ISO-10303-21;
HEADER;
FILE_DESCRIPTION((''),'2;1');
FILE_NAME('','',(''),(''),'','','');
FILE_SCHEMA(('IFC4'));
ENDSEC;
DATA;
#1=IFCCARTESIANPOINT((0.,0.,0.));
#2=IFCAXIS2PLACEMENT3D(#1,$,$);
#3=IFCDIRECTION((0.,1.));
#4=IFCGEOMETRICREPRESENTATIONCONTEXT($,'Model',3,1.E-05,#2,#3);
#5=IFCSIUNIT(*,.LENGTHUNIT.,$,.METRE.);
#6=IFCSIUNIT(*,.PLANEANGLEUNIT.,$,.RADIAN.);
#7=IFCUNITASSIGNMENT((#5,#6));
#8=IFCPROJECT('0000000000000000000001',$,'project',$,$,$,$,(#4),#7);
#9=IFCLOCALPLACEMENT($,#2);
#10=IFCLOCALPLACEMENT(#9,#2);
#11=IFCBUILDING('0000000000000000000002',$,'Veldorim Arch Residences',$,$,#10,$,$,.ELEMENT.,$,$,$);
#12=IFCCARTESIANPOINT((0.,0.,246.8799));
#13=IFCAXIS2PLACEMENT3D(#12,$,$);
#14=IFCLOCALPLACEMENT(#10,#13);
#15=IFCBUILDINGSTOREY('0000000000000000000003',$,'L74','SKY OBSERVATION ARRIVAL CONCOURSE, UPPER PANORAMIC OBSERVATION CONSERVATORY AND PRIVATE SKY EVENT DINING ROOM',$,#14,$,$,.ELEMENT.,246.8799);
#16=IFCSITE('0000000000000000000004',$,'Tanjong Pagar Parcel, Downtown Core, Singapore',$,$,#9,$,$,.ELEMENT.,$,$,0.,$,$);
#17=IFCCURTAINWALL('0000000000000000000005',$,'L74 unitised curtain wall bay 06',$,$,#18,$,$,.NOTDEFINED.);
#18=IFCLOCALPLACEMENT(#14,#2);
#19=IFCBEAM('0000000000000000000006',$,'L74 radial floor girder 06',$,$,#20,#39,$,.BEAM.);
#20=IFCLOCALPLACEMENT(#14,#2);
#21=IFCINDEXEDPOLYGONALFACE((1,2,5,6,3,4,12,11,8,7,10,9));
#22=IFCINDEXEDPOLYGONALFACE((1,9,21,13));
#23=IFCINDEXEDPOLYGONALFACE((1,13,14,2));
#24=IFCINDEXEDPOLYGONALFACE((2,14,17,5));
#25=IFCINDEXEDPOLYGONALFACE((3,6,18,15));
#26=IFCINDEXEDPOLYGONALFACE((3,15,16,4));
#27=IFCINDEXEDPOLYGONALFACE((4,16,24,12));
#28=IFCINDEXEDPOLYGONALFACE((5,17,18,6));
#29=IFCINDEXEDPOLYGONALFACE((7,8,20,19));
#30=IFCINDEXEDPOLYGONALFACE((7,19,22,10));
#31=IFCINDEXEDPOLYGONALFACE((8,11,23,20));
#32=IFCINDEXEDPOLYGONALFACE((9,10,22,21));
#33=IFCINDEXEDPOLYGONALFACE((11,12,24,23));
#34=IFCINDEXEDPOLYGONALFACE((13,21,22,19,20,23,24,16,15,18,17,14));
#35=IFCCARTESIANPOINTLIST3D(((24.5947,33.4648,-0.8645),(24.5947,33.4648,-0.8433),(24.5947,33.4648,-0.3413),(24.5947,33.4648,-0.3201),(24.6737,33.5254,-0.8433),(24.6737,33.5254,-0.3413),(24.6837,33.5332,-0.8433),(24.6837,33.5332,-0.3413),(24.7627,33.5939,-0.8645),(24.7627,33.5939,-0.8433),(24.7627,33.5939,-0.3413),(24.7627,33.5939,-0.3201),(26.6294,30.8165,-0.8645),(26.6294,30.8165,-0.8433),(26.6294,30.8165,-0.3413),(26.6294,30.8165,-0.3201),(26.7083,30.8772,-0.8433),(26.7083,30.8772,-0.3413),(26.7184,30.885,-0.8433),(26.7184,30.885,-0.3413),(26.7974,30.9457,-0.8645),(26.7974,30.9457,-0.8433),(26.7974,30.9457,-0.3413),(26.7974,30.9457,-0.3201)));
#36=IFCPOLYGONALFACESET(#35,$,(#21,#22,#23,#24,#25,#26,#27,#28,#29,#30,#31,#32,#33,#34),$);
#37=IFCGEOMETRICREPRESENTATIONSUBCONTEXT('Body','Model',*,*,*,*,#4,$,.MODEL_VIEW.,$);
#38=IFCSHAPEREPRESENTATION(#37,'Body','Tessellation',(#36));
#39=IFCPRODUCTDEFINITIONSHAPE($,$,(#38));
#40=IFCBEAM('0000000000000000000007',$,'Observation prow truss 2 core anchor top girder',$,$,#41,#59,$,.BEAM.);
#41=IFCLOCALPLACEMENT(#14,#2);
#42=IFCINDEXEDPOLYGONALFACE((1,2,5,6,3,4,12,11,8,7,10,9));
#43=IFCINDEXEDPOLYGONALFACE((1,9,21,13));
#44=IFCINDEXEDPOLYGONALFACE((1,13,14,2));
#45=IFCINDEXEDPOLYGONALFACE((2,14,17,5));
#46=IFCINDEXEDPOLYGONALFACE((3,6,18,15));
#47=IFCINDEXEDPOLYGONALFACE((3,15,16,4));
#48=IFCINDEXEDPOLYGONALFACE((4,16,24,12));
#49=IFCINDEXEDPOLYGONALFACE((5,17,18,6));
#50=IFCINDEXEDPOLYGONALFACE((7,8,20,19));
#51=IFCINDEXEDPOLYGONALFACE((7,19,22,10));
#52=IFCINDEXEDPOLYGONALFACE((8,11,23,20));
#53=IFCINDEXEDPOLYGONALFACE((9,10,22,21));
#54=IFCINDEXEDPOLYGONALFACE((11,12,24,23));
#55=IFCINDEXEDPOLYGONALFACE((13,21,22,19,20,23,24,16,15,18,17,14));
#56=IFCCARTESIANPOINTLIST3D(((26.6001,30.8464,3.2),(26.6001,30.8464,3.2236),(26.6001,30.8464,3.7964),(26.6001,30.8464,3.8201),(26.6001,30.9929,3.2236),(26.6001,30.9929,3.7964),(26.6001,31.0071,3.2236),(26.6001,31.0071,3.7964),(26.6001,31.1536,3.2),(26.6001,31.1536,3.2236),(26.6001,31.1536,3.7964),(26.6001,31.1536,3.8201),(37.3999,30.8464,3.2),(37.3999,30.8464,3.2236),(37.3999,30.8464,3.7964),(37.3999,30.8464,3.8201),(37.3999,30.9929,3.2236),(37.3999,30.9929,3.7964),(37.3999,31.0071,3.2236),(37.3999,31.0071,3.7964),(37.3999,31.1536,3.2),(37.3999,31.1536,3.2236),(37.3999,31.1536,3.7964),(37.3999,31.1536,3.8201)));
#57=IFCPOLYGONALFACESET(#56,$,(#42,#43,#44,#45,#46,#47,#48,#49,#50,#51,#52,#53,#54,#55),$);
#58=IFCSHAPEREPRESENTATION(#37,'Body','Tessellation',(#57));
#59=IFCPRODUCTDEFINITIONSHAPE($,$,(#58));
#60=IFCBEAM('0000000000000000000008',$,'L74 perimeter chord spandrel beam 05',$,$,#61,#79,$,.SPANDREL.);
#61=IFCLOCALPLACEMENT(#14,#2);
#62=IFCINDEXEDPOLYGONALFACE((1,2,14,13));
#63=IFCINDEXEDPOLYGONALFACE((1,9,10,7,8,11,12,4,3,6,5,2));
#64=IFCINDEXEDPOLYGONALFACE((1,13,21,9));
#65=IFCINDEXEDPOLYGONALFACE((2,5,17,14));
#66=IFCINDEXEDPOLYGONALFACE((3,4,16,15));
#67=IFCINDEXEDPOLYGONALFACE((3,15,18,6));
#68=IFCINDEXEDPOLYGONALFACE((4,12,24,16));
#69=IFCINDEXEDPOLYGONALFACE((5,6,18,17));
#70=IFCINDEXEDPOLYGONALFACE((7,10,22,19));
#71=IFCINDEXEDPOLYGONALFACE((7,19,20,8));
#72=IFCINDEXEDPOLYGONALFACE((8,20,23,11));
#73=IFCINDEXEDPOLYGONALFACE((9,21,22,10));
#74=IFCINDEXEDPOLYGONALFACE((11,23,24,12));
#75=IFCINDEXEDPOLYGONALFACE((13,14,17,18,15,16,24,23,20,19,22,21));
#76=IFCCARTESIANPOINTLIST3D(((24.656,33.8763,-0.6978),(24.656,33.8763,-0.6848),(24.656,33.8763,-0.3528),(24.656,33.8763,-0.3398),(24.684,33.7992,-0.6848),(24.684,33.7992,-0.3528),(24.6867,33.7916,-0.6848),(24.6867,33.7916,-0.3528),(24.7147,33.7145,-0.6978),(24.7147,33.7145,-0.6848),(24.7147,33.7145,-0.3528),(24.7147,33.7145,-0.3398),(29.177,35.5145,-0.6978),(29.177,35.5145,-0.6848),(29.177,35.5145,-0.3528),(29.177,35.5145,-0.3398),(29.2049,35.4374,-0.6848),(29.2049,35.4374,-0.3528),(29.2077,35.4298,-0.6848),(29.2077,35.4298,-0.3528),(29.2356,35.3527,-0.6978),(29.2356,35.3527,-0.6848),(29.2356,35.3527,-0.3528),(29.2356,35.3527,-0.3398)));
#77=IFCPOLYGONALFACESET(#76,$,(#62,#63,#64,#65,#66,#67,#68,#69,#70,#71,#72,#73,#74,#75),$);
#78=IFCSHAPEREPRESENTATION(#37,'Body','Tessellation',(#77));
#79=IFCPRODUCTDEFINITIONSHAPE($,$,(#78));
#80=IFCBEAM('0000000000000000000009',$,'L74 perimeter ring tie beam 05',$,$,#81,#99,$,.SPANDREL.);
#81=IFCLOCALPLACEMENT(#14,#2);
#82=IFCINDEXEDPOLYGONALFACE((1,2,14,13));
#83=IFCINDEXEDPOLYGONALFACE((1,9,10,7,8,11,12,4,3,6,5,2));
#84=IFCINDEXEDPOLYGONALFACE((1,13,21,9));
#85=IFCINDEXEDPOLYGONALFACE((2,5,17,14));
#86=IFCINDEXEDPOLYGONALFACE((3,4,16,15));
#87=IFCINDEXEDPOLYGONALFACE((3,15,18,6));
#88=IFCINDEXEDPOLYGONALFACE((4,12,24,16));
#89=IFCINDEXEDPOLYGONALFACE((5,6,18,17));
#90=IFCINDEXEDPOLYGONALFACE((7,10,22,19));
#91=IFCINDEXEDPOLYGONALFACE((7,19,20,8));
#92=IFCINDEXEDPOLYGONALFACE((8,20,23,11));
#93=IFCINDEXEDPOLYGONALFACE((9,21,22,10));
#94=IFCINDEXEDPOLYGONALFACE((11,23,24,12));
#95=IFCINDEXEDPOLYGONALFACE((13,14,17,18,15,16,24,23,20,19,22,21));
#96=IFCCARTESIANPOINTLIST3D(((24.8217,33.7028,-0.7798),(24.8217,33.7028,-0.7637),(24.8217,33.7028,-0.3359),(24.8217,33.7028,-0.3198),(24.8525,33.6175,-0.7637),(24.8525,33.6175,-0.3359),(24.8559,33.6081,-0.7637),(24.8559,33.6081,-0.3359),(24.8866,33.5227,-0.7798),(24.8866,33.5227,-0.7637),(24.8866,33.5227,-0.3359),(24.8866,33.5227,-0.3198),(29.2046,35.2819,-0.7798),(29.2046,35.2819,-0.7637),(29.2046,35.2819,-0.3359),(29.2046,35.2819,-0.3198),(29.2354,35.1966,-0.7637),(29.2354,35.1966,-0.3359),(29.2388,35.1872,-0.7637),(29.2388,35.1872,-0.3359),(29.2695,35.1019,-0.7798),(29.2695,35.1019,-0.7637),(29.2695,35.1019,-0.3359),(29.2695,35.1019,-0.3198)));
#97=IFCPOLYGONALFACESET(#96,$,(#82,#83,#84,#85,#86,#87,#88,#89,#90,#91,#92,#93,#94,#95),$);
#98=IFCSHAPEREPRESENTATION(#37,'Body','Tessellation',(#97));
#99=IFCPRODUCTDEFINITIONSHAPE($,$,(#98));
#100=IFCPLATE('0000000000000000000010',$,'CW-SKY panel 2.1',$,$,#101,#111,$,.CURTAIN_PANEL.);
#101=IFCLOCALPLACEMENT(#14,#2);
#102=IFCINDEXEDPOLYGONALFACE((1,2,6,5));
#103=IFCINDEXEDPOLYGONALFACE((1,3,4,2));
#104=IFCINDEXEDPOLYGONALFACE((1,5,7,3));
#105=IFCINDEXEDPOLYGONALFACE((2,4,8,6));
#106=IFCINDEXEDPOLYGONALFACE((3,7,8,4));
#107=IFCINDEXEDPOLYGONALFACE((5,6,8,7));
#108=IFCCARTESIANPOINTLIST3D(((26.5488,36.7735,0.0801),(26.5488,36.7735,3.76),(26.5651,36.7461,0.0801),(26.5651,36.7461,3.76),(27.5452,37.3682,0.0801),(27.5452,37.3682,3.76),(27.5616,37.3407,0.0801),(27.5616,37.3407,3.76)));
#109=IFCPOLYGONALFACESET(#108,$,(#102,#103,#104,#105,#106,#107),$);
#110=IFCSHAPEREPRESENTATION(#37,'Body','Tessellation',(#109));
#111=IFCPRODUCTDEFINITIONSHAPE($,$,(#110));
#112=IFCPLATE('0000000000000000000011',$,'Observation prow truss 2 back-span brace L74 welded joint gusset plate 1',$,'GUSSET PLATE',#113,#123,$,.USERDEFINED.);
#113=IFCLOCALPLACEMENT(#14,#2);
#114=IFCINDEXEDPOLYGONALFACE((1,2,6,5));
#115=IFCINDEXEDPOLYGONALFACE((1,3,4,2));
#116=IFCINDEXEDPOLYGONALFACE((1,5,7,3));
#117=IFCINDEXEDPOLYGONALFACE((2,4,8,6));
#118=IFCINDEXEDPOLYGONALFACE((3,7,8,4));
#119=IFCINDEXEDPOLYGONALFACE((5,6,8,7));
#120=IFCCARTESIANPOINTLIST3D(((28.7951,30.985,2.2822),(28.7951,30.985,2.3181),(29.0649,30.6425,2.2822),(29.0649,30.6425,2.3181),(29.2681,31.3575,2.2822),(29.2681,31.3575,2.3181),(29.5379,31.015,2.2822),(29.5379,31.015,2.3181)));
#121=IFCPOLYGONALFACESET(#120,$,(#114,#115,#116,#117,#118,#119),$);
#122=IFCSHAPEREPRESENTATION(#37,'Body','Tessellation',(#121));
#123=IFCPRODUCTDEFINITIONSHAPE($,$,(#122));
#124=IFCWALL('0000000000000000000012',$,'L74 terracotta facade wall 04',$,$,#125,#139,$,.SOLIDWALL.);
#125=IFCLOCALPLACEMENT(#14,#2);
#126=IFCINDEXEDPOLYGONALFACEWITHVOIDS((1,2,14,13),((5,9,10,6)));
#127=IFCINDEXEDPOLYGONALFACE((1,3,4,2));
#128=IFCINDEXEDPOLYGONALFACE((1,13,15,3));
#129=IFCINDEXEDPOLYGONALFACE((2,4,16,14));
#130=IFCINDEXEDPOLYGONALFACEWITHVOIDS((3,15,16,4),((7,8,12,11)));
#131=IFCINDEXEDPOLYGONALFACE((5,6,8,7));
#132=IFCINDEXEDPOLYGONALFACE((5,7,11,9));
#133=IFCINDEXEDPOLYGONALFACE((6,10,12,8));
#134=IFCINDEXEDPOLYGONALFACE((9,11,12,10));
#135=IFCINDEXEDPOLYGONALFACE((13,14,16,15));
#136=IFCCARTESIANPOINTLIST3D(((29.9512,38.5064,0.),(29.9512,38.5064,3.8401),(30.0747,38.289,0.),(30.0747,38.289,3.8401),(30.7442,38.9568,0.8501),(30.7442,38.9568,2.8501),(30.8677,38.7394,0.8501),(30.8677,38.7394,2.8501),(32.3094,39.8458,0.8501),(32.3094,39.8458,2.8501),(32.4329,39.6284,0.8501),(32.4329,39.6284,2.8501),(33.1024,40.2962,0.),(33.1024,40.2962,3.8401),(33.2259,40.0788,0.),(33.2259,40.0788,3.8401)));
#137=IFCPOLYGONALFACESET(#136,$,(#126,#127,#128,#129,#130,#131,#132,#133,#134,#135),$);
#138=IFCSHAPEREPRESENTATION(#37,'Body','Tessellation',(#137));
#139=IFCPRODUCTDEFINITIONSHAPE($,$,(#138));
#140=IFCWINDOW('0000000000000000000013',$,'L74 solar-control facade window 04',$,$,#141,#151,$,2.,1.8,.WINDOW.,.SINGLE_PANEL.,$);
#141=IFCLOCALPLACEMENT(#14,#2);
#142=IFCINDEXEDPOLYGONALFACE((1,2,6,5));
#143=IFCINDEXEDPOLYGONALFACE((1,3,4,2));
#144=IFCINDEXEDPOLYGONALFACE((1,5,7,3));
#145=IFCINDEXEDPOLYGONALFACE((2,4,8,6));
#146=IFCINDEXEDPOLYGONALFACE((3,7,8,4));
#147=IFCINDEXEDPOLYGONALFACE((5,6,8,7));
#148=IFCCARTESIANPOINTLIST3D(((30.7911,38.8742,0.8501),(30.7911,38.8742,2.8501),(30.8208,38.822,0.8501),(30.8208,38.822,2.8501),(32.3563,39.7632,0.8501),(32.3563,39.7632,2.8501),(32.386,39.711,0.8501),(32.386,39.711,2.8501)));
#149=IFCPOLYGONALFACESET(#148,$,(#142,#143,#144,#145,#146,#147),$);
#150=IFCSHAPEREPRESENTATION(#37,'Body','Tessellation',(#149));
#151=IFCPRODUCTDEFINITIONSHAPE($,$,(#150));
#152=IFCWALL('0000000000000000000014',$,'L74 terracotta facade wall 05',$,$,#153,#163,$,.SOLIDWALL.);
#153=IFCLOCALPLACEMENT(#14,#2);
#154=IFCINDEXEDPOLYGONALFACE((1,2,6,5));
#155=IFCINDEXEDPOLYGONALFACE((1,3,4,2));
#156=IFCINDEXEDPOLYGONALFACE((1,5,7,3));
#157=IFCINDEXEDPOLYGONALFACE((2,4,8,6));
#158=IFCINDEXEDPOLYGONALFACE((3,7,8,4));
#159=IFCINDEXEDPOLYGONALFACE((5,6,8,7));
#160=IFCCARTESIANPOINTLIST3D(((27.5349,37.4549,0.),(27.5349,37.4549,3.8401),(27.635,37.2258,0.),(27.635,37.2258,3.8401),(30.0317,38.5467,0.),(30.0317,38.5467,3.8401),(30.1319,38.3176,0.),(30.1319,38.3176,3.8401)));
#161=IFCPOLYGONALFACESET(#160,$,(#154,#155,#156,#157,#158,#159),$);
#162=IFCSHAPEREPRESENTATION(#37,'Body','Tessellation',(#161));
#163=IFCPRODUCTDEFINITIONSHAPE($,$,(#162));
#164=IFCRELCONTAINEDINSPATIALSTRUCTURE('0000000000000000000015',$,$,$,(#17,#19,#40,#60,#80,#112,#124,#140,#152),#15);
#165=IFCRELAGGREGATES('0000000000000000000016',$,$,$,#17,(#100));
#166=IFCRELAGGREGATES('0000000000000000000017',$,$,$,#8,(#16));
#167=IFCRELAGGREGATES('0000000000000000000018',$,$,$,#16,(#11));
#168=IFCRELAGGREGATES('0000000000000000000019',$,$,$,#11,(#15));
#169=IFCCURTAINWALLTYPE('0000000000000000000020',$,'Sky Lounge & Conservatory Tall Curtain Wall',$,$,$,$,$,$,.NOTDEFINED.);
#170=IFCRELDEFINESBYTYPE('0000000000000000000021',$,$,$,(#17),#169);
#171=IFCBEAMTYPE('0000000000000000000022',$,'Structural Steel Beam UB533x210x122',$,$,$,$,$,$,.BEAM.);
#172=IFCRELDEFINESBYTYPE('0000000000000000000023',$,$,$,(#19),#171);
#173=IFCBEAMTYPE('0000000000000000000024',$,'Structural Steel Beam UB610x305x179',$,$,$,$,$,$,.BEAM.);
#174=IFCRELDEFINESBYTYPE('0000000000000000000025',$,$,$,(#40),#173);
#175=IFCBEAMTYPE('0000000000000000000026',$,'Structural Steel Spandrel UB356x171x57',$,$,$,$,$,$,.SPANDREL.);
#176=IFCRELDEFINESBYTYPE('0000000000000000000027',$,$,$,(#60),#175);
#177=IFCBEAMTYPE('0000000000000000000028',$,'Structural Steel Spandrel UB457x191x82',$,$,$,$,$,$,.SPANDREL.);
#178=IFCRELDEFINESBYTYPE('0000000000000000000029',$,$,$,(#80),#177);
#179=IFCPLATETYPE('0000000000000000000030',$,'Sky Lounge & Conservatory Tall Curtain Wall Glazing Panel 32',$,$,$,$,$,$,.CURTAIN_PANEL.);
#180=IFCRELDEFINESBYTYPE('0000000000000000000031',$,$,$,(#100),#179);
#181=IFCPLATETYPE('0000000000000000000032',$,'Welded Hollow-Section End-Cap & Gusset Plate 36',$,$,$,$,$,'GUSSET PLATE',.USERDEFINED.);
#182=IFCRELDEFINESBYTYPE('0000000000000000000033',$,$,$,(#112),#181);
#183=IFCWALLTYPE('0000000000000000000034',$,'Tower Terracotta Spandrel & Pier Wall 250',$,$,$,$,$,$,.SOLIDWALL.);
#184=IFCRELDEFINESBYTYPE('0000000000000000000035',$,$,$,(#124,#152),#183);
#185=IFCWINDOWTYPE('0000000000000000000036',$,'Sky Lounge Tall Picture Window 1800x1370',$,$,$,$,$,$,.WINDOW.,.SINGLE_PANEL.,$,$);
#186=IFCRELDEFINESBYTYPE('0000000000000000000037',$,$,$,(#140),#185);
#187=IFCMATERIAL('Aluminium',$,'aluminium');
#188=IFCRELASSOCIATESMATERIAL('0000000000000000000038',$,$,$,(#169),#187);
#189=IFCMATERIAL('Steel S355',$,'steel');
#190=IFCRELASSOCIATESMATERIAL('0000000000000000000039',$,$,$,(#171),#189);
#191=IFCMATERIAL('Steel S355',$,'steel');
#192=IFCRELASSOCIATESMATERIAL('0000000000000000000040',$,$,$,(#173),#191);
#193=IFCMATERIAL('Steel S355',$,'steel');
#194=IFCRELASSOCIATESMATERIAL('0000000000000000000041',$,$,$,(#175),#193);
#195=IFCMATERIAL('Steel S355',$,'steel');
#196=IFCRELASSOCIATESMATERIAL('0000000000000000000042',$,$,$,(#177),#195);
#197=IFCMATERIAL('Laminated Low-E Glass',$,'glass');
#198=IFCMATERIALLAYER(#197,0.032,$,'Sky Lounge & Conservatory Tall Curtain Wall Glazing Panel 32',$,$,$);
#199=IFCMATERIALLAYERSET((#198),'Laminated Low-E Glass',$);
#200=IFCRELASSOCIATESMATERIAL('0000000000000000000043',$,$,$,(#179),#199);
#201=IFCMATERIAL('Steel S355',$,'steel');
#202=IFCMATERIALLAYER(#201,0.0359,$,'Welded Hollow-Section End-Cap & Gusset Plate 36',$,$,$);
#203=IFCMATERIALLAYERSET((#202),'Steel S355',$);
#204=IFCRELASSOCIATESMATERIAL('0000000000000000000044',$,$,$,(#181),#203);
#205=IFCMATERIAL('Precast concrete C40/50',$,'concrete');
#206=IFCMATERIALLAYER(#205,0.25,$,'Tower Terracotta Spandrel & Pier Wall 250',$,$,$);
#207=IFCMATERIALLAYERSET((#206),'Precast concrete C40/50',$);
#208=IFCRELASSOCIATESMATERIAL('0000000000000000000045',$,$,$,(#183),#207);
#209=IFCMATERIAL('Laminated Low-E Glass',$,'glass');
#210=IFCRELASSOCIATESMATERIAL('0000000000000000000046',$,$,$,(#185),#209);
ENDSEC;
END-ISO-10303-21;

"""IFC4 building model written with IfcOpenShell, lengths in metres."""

from ifc_helpers import new_model, si_unit, direction, frame, frame_2d, origin, origin_2d, place, context, subcontext, project, spatial, rectangle, i_section, extrude, material, layer, layer_set, material_profile, profile_set, type_object, element, fill, aggregate, save


model = new_model("IFC4")

# Units and contexts
model_context = context("Model", 3, precision=1e-05, world=origin(), true_north=direction((0.0, 1.0)))
body_context = subcontext(model_context, "Body", "Model", "MODEL_VIEW")
ifc_project = project(units=[si_unit("LENGTHUNIT", "METRE"), si_unit("PLANEANGLEUNIT", "RADIAN")], contexts=[model_context])

# Site, building, storey
site_placement = place(None, origin())
site = spatial("IfcSite", under=ifc_project, at=site_placement, Name="Tanjong Pagar Parcel, Downtown Core, Singapore", CompositionType="ELEMENT", RefElevation=0.0)
building_placement = place(site_placement, origin())
building = spatial("IfcBuilding", under=site, at=building_placement, Name="Veldorim Arch Residences", CompositionType="ELEMENT")
storey_placement = place(building_placement, frame((0.0, 0.0, 246.8799)))
storey = spatial("IfcBuildingStorey", under=building, at=storey_placement, Name="L74", Description="SKY OBSERVATION ARRIVAL CONCOURSE, UPPER PANORAMIC OBSERVATION CONSERVATORY AND PRIVATE SKY EVENT DINING ROOM", CompositionType="ELEMENT", Elevation=246.8799)

# Curtain wall
ifc_material_1 = material(Name="Aluminium", Category="aluminium")
curtain_wall_type = type_object("IfcCurtainWallType", Name="Sky Lounge & Conservatory Tall Curtain Wall", PredefinedType="NOTDEFINED", material=ifc_material_1)
curtain_wall_placement = place(storey_placement, origin())
curtain_wall = element("IfcCurtainWall", 1, at=curtain_wall_placement, inside=storey, type_object=curtain_wall_type, Name="L74 unitised curtain wall bay 06", PredefinedType="NOTDEFINED")

# Beams
ifc_material_2 = material(Name="Steel S355", Category="steel")
ifc_material_profile_1 = material_profile(ifc_material_2, i_section(OverallWidth=0.2119, OverallDepth=0.5444, WebThickness=0.0127, FlangeThickness=0.0212, at=origin_2d()), Name="UB533x210x122")
ifc_profile_set_1 = profile_set([ifc_material_profile_1], Name="Steel S355")
beam_type_1 = type_object("IfcBeamType", Name="Structural Steel Beam UB533x210x122", PredefinedType="BEAM", material=ifc_profile_set_1)
beam_1_placement = place(storey_placement, frame((26.7134, 30.8811, -0.5923), z_axis=(-0.609258, 0.792972, 0.0), x_axis=(-0.792972, -0.609258, 0.0)))
element("IfcBeam", 2, at=beam_1_placement, inside=storey, type_object=beam_type_1, Name="L74 radial floor girder 06", PredefinedType="BEAM", context=body_context, shape_type="SweptSolid", body=[
    extrude(i_section(OverallWidth=0.2119, OverallDepth=0.5444, WebThickness=0.0127, FlangeThickness=0.0212, at=origin_2d()), origin(), (0.0, 0.0, 1.0), 3.3396),
])
ifc_material_3 = material(Name="Steel S355", Category="steel")
ifc_material_profile_2 = material_profile(ifc_material_3, i_section(OverallWidth=0.3071, OverallDepth=0.6201, WebThickness=0.0142, FlangeThickness=0.0237, at=origin_2d()), Name="UB610x305x179")
ifc_profile_set_2 = profile_set([ifc_material_profile_2], Name="Steel S355")
beam_type_2 = type_object("IfcBeamType", Name="Structural Steel Beam UB610x305x179", PredefinedType="BEAM", material=ifc_profile_set_2)
beam_2_placement = place(storey_placement, frame((26.6001, 31.0, 3.51), z_axis=(1.0, 0.0, 0.0), x_axis=(0.0, 1.0, 0.0)))
element("IfcBeam", 3, at=beam_2_placement, inside=storey, type_object=beam_type_2, Name="Observation prow truss 2 core anchor top girder", PredefinedType="BEAM", context=body_context, shape_type="SweptSolid", body=[
    extrude(i_section(OverallWidth=0.3071, OverallDepth=0.6201, WebThickness=0.0142, FlangeThickness=0.0237, at=origin_2d()), origin(), (0.0, 0.0, 1.0), 10.7998),
])
ifc_material_4 = material(Name="Steel S355", Category="steel")
ifc_material_profile_3 = material_profile(ifc_material_4, i_section(OverallWidth=0.1721, OverallDepth=0.3579, WebThickness=0.0081, FlangeThickness=0.0129, at=origin_2d()), Name="UB356x171x57")
ifc_profile_set_3 = profile_set([ifc_material_profile_3], Name="Steel S355")
beam_type_3 = type_object("IfcBeamType", Name="Structural Steel Spandrel UB356x171x57", PredefinedType="SPANDREL", material=ifc_profile_set_3)
beam_3_placement = place(storey_placement, frame((29.2063, 35.4336, -0.5188), z_axis=(-0.940181, -0.340675, 0.0), x_axis=(0.340675, -0.940181, 0.0)))
element("IfcBeam", 4, at=beam_3_placement, inside=storey, type_object=beam_type_3, Name="L74 perimeter chord spandrel beam 05", PredefinedType="SPANDREL", context=body_context, shape_type="SweptSolid", body=[
    extrude(i_section(OverallWidth=0.1721, OverallDepth=0.3579, WebThickness=0.0081, FlangeThickness=0.0129, at=origin_2d()), origin(), (0.0, 0.0, 1.0), 4.8086),
])
ifc_material_5 = material(Name="Steel S355", Category="steel")
ifc_material_profile_4 = material_profile(ifc_material_5, i_section(OverallWidth=0.1914, OverallDepth=0.46, WebThickness=0.01, FlangeThickness=0.0161, at=origin_2d()), Name="UB457x191x82")
ifc_profile_set_4 = profile_set([ifc_material_profile_4], Name="Steel S355")
beam_type_4 = type_object("IfcBeamType", Name="Structural Steel Spandrel UB457x191x82", PredefinedType="SPANDREL", material=ifc_profile_set_4)
beam_4_placement = place(storey_placement, frame((29.2371, 35.1919, -0.5498), z_axis=(-0.940799, -0.338964, 0.0), x_axis=(0.338964, -0.940799, 0.0)))
element("IfcBeam", 5, at=beam_4_placement, inside=storey, type_object=beam_type_4, Name="L74 perimeter ring tie beam 05", PredefinedType="SPANDREL", context=body_context, shape_type="SweptSolid", body=[
    extrude(i_section(OverallWidth=0.1914, OverallDepth=0.46, WebThickness=0.01, FlangeThickness=0.0161, at=origin_2d()), origin(), (0.0, 0.0, 1.0), 4.6587),
])

# Plates
ifc_material_6 = material(Name="Laminated Low-E Glass", Category="glass")
ifc_layer_1 = layer(ifc_material_6, 0.032, Name="Sky Lounge & Conservatory Tall Curtain Wall Glazing Panel 32")
ifc_layer_set_1 = layer_set([ifc_layer_1], Name="Laminated Low-E Glass")
plate_type_1 = type_object("IfcPlateType", Name="Sky Lounge & Conservatory Tall Curtain Wall Glazing Panel 32", PredefinedType="CURTAIN_PANEL", material=ifc_layer_set_1)
plate_1_placement = place(storey_placement, frame((27.0552, 37.0571, 0.0801), z_axis=(0.0, 0.0, 1.0), x_axis=(0.858707, 0.512467, 0.0)))
plate_1 = element("IfcPlate", 6, at=plate_1_placement, type_object=plate_type_1, Name="CW-SKY panel 2.1", PredefinedType="CURTAIN_PANEL", context=body_context, shape_type="SweptSolid", body=[
    extrude(rectangle(XDim=1.1604, YDim=0.032, at=origin_2d()), origin(), (0.0, 0.0, 1.0), 3.6799),
])
aggregate(curtain_wall, [plate_1])
ifc_material_7 = material(Name="Steel S355", Category="steel")
ifc_layer_2 = layer(ifc_material_7, 0.0359, Name="Welded Hollow-Section End-Cap & Gusset Plate 36")
ifc_layer_set_2 = layer_set([ifc_layer_2], Name="Steel S355")
plate_type_2 = type_object("IfcPlateType", Name="Welded Hollow-Section End-Cap & Gusset Plate 36", ElementType="GUSSET PLATE", PredefinedType="USERDEFINED", material=ifc_layer_set_2)
plate_2_placement = place(storey_placement, frame((29.1665, 31.0, 2.2822), z_axis=(0.0, 0.0, 1.0), x_axis=(0.78563, 0.618696, 0.0)))
element("IfcPlate", 7, at=plate_2_placement, inside=storey, type_object=plate_type_2, Name="Observation prow truss 2 back-span brace L74 welded joint gusset plate 1", ObjectType="GUSSET PLATE", PredefinedType="USERDEFINED", context=body_context, shape_type="SweptSolid", body=[
    extrude(rectangle(XDim=0.6021, YDim=0.436, at=origin_2d()), origin(), (0.0, 0.0, 1.0), 0.0359),
])

# Wall, opening, window
ifc_material_8 = material(Name="Precast concrete C40/50", Category="concrete")
ifc_layer_3 = layer(ifc_material_8, 0.25, Name="Tower Terracotta Spandrel & Pier Wall 250")
ifc_layer_set_3 = layer_set([ifc_layer_3], Name="Precast concrete C40/50")
wall_type_1 = type_object("IfcWallType", Name="Tower Terracotta Spandrel & Pier Wall 250", PredefinedType="SOLIDWALL", material=ifc_layer_set_3)
wall_1_placement = place(storey_placement, frame((30.0129, 38.3977, 0.0), z_axis=(0.0, 0.0, 1.0), x_axis=(0.86953, 0.493881, 0.0)))
wall_1 = element("IfcWall", 8, at=wall_1_placement, inside=storey, type_object=wall_type_1, Name="L74 terracotta facade wall 04", PredefinedType="SOLIDWALL", context=body_context, shape_type="SweptSolid", body=[
    extrude(rectangle(XDim=3.624, YDim=0.25, at=frame_2d((1.812, 0.0))), origin(), (0.0, 0.0, 1.0), 3.8401),
])
opening_1_placement = place(wall_1_placement, frame((0.9121, 0.0, 0.8501)))
opening_1 = element("IfcOpeningElement", 9, at=opening_1_placement, cuts=wall_1, PredefinedType="OPENING", context=body_context, shape_type="SweptSolid", body=[
    extrude(rectangle(XDim=1.8, YDim=2.0, at=frame_2d((0.8999, 1.0))), frame((0.0, 0.135, 0.0), z_axis=(0.0, -1.0, 0.0), x_axis=(1.0, 0.0, 0.0)), (0.0, 0.0, 1.0), 0.27),
])
ifc_material_9 = material(Name="Laminated Low-E Glass", Category="glass")
window_type = type_object("IfcWindowType", Name="Sky Lounge Tall Picture Window 1800x1370", PartitioningType="SINGLE_PANEL", PredefinedType="WINDOW", material=ifc_material_9)
window_placement = place(opening_1_placement, origin())
window = element("IfcWindow", 10, at=window_placement, inside=storey, type_object=window_type, Name="L74 solar-control facade window 04", OverallHeight=2.0, OverallWidth=1.8, PartitioningType="SINGLE_PANEL", PredefinedType="WINDOW", context=body_context, shape_type="SweptSolid", body=[
    extrude(rectangle(XDim=1.8, YDim=2.0, at=frame_2d((0.8999, 1.0))), frame((0.0, 0.03, 0.0), z_axis=(0.0, -1.0, 0.0), x_axis=(1.0, 0.0, 0.0)), (0.0, 0.0, 1.0), 0.0601),
])
fill(opening_1, window)

# Wall
wall_2_placement = place(storey_placement, frame((27.585, 37.3403, 0.0), z_axis=(0.0, 0.0, 1.0), x_axis=(0.916233, 0.400645, 0.0)))
element("IfcWall", 11, at=wall_2_placement, inside=storey, type_object=wall_type_1, Name="L74 terracotta facade wall 05", PredefinedType="SOLIDWALL", context=body_context, shape_type="SweptSolid", body=[
    extrude(rectangle(XDim=2.7251, YDim=0.25, at=frame_2d((1.3625, 0.0))), origin(), (0.0, 0.0, 1.0), 3.8401),
])

save(model, "model.ifc")
